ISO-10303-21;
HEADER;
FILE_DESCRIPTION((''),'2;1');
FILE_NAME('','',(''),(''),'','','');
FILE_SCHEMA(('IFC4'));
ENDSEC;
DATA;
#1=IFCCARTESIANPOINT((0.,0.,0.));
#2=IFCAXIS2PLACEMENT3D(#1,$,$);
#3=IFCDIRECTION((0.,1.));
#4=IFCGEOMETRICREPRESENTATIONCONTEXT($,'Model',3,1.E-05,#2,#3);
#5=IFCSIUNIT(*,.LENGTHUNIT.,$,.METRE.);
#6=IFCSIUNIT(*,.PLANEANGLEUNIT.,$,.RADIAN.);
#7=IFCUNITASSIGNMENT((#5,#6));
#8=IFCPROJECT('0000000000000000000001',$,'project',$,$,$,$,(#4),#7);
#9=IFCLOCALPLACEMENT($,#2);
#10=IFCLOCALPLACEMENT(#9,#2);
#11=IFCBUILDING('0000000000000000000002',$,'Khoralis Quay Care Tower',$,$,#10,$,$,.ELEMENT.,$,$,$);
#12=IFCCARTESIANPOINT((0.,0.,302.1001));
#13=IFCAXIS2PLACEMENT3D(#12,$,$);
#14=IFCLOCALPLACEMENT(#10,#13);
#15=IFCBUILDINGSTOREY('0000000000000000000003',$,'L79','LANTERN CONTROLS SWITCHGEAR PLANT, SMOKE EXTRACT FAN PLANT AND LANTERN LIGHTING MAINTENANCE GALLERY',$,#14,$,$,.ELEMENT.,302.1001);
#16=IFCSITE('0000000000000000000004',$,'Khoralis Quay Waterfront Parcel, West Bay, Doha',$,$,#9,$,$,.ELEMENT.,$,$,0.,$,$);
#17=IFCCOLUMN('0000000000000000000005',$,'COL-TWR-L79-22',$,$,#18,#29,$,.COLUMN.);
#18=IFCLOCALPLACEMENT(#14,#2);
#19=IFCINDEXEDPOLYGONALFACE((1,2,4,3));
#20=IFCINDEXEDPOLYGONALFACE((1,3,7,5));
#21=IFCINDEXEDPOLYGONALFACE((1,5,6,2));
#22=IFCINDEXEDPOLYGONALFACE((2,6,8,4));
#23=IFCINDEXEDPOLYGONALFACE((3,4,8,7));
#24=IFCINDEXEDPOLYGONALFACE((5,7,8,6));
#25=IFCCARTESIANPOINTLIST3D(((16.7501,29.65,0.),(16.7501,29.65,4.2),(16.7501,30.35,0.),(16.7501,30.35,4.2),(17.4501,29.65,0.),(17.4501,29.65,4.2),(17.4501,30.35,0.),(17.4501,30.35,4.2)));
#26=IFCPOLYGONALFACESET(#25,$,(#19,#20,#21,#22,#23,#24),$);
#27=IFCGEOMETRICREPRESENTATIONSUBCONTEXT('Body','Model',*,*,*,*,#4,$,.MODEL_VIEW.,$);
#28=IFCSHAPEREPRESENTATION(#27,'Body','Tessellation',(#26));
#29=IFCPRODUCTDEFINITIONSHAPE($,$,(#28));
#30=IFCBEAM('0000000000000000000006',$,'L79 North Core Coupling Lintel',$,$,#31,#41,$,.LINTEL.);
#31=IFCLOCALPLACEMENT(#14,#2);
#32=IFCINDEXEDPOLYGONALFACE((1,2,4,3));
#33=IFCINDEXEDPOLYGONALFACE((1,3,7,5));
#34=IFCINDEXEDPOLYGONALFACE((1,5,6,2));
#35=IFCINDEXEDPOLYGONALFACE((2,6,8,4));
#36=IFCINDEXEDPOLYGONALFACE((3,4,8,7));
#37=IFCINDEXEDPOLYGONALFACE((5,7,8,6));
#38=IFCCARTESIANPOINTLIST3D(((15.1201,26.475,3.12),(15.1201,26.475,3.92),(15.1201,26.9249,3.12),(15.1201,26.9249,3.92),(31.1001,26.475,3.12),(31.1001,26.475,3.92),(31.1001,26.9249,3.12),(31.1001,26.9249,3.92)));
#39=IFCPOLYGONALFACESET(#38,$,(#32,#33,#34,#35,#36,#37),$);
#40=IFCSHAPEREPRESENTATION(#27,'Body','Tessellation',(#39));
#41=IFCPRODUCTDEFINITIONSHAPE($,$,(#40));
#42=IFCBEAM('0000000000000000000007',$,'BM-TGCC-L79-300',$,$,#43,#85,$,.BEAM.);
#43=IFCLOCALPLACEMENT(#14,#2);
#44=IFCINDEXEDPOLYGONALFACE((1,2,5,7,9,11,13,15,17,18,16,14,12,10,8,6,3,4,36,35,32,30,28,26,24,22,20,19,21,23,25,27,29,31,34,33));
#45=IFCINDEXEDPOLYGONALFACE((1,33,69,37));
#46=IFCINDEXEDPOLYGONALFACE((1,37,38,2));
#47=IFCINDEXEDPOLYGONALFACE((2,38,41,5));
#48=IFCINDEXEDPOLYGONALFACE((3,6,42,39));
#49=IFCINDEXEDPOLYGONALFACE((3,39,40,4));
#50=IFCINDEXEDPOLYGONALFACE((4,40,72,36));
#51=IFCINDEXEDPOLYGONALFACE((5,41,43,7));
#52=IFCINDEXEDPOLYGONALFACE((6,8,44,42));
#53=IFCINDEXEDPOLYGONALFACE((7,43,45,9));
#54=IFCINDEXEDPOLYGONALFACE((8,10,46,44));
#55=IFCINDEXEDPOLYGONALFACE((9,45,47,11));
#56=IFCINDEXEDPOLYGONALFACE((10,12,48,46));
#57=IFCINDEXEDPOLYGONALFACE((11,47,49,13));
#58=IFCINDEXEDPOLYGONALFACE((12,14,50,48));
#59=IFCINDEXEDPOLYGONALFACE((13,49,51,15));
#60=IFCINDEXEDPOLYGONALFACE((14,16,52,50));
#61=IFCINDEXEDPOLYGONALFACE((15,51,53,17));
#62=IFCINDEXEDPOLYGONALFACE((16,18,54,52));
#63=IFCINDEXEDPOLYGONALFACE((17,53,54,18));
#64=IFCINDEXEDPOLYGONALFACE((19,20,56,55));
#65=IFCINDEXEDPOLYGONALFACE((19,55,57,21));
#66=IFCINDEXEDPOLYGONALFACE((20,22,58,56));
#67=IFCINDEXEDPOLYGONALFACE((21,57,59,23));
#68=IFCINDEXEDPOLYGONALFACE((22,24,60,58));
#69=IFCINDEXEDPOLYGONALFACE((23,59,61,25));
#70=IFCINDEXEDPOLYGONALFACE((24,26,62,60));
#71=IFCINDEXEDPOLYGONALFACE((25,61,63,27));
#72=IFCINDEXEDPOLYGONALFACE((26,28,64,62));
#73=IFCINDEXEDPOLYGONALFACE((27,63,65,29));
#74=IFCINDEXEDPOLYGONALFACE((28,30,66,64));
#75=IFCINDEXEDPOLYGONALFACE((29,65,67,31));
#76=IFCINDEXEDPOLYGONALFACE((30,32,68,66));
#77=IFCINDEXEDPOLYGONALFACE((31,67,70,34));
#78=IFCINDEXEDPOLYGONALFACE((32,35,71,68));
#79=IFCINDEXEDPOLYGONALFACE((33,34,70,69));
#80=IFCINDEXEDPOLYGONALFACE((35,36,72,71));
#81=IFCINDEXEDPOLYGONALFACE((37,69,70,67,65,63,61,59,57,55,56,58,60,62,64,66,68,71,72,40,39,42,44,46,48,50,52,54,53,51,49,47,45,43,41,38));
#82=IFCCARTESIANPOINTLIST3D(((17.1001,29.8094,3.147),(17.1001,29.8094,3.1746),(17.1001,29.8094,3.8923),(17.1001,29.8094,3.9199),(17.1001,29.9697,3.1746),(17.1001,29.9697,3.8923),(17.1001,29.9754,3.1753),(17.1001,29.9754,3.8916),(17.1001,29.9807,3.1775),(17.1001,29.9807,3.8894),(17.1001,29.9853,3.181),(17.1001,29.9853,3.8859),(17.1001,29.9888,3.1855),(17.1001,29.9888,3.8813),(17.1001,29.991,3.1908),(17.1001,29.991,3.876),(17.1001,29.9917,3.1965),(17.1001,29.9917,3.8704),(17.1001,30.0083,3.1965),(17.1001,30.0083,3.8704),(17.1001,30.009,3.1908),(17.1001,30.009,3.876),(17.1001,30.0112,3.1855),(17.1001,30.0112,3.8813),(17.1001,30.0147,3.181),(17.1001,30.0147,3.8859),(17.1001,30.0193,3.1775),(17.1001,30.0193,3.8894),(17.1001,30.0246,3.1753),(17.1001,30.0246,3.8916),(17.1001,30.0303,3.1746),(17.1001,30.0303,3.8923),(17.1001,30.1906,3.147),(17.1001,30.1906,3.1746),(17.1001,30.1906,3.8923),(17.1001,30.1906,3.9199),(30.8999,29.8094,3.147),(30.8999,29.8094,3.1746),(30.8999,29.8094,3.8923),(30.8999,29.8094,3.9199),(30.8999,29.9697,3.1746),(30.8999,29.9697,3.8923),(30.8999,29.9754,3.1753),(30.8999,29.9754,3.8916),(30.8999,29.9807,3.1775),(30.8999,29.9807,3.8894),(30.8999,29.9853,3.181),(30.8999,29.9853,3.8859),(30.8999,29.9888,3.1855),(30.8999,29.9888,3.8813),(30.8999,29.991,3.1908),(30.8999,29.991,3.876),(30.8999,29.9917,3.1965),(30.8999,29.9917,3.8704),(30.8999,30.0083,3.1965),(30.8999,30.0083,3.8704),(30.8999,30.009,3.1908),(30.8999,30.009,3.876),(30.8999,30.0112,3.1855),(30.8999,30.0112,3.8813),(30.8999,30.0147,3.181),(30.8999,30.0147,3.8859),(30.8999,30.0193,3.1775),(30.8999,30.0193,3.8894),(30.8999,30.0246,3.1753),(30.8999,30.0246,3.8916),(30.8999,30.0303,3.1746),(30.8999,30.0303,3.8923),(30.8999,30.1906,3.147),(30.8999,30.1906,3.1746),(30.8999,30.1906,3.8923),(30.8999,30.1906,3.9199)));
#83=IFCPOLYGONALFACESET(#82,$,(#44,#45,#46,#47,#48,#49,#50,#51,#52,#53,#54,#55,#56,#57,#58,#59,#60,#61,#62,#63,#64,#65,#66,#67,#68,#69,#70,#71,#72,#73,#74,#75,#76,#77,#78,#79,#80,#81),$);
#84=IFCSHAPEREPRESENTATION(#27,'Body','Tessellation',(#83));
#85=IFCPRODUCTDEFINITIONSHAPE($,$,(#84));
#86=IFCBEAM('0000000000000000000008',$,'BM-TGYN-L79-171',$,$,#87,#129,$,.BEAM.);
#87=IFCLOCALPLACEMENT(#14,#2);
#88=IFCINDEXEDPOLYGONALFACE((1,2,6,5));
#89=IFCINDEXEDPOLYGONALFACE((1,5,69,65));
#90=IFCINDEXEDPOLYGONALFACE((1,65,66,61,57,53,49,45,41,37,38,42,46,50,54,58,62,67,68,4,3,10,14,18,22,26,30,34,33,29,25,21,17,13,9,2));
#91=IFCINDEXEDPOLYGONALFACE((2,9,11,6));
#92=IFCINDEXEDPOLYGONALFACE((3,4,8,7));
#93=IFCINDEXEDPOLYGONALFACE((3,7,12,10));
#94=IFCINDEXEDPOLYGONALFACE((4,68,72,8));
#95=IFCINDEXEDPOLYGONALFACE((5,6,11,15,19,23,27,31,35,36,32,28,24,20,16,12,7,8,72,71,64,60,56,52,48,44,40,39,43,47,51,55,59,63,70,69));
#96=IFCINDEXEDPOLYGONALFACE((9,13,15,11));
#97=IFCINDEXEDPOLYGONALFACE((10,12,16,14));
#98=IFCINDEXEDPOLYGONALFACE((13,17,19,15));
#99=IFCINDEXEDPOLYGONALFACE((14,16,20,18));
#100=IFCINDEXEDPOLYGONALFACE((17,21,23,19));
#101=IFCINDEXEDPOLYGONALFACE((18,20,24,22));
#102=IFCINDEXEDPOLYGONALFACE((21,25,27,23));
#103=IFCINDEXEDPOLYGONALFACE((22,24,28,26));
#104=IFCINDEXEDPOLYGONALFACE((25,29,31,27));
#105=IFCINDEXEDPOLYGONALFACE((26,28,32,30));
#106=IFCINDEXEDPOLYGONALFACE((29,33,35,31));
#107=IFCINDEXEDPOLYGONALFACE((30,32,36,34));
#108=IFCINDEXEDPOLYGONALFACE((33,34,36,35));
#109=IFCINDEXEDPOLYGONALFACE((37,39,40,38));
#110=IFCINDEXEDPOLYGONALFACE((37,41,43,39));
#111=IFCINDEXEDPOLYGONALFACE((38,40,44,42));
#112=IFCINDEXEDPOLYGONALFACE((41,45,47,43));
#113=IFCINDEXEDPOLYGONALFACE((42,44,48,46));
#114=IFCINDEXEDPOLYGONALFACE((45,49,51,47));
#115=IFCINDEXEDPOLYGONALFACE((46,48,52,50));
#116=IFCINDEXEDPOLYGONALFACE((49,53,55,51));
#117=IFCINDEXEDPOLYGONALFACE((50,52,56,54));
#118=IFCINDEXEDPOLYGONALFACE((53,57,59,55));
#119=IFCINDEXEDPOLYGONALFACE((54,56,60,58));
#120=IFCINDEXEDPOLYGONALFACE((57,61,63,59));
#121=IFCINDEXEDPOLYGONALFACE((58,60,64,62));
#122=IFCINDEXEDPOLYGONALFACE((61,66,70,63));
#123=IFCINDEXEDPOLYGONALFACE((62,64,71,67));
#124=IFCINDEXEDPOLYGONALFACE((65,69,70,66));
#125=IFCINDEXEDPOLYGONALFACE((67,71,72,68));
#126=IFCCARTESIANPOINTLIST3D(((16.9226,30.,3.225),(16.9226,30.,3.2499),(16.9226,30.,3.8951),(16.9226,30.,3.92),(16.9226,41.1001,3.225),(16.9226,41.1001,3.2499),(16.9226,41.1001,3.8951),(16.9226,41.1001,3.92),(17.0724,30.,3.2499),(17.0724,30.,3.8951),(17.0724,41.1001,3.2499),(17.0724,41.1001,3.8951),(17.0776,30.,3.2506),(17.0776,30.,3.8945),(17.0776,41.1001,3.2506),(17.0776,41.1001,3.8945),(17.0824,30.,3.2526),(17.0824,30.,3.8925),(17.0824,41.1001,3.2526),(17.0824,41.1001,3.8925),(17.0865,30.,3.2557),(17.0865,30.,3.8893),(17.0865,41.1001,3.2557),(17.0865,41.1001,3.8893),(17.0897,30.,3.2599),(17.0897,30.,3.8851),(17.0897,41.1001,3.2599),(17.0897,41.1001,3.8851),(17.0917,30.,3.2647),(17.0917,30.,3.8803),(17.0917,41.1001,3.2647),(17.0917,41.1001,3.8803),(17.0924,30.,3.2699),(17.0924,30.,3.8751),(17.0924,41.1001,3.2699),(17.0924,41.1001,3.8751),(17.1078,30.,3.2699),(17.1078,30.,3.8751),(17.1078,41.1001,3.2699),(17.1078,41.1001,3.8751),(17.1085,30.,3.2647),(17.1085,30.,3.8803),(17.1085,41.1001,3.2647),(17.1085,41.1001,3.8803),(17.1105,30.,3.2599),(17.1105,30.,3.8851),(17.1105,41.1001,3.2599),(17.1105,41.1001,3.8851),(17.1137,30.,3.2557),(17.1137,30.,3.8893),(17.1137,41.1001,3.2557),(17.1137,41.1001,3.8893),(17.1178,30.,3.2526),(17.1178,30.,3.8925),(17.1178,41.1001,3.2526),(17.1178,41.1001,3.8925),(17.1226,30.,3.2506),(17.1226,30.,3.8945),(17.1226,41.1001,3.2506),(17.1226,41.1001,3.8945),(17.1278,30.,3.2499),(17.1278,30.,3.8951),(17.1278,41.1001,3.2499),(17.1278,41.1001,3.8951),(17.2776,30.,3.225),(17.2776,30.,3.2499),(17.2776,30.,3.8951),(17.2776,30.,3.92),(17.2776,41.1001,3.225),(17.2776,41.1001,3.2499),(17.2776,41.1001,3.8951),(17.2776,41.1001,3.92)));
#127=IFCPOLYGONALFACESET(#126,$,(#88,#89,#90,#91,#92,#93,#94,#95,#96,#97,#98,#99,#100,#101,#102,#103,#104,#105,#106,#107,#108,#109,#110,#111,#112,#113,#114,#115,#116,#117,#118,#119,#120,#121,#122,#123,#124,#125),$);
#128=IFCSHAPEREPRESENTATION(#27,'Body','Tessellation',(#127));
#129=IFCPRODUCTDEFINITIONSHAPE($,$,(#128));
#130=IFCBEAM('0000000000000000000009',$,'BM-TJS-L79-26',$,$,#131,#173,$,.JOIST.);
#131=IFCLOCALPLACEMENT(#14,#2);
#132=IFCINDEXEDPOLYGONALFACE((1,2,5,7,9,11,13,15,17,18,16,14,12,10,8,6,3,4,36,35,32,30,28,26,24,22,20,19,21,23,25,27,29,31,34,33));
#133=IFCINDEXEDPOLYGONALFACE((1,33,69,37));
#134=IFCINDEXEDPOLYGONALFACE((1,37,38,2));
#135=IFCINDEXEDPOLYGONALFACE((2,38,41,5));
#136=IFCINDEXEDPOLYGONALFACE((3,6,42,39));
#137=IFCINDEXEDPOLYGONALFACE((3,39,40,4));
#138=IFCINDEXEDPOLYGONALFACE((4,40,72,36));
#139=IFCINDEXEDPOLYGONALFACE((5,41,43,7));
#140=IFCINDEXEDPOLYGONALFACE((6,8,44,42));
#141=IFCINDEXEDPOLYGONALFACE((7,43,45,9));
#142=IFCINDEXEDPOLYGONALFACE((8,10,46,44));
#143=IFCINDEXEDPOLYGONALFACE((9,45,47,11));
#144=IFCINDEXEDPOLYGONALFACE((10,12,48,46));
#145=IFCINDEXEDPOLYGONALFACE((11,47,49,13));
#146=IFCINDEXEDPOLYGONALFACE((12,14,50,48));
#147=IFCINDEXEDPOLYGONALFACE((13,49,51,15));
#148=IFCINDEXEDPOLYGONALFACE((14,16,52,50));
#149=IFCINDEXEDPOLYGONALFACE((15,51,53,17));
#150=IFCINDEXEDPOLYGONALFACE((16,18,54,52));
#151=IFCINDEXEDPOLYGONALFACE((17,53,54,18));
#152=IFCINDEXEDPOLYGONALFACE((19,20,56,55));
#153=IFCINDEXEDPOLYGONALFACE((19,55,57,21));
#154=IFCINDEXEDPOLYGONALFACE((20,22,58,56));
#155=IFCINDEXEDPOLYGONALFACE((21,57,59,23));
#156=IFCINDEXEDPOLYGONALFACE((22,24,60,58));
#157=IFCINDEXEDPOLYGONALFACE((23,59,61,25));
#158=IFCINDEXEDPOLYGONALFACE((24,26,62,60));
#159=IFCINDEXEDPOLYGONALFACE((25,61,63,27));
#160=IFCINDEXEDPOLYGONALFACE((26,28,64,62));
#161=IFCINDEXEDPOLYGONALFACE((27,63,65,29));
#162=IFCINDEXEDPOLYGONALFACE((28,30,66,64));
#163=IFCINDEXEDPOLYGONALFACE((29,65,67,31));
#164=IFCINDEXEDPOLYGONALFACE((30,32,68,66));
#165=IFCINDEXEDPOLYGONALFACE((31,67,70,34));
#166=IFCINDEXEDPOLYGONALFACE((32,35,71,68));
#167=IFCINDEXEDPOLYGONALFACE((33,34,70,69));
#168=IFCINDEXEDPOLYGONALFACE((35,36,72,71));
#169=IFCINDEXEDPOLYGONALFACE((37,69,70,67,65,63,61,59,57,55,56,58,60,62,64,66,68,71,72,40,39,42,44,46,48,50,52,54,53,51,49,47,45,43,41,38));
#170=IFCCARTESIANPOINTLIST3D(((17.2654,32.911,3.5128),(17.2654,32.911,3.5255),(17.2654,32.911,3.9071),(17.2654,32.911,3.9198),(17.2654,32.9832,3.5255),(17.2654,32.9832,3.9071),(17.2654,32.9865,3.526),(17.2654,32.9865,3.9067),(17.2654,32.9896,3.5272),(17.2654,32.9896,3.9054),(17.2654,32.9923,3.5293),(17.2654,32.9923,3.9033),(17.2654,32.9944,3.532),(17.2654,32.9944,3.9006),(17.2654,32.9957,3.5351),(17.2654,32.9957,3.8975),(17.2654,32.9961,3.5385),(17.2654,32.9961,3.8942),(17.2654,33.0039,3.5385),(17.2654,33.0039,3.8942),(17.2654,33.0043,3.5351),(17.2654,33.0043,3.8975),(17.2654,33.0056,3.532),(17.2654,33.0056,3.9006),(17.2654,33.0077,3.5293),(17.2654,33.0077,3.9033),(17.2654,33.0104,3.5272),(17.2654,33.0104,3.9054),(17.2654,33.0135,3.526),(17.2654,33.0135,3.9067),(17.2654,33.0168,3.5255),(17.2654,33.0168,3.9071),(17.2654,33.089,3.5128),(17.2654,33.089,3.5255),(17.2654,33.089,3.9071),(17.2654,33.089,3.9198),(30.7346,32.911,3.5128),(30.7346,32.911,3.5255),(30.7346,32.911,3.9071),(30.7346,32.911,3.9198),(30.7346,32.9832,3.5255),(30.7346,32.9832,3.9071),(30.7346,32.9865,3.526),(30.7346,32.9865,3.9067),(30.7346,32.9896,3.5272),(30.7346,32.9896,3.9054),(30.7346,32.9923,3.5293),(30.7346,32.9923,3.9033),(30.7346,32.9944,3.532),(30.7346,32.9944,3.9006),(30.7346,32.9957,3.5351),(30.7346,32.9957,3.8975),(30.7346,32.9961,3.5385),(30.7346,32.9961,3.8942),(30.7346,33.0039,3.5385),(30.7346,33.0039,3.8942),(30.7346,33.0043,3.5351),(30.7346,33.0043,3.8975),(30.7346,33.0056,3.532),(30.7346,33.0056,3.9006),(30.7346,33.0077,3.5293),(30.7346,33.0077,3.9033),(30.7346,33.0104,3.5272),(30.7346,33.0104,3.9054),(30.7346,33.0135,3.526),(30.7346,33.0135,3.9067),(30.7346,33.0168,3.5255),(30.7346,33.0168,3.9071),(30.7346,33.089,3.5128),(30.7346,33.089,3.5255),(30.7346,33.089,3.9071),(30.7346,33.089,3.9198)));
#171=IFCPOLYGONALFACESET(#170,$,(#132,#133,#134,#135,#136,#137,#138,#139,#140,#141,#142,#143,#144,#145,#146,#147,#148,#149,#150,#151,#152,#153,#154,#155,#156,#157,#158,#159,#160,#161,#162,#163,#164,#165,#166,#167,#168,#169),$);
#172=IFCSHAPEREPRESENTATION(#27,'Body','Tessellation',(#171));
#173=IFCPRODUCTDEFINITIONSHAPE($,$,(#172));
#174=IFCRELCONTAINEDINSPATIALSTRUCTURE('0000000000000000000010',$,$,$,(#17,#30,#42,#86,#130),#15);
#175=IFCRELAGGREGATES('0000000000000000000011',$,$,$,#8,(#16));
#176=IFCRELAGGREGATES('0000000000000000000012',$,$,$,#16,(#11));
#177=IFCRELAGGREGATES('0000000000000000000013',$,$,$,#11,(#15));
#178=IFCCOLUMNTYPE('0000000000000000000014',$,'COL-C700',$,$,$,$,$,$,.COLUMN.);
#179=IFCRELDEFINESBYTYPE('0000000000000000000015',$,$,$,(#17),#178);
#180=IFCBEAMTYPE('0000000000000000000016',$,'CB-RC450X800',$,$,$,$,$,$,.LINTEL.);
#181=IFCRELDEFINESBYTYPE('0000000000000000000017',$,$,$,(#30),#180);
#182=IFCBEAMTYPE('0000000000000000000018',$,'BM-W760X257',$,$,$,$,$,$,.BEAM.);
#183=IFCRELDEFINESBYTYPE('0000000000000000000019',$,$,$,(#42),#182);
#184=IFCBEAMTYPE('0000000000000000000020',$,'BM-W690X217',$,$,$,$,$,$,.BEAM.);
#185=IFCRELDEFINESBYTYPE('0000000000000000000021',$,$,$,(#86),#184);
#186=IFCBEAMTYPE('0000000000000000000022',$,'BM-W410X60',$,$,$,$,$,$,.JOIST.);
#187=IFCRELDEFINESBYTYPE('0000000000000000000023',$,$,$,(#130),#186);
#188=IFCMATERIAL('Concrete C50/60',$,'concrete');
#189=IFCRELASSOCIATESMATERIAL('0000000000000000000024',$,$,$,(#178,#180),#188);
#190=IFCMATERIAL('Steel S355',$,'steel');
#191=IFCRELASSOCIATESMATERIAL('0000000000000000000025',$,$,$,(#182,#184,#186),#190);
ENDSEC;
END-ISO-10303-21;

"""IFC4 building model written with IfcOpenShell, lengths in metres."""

from ifc_helpers import new_model, si_unit, direction, frame, origin, origin_2d, place, context, subcontext, project, spatial, rectangle, i_section, extrude, source, transform, mapped, material, material_profile, profile_set, type_object, element, save


model = new_model("IFC4")

# Units and contexts
model_context = context("Model", 3, precision=1e-05, world=origin(), true_north=direction((0.0, 1.0)))
body_context = subcontext(model_context, "Body", "Model", "MODEL_VIEW")
ifc_project = project(units=[si_unit("LENGTHUNIT", "METRE"), si_unit("PLANEANGLEUNIT", "RADIAN")], contexts=[model_context])

# Site, building, storey
site_placement = place(None, origin())
site = spatial("IfcSite", under=ifc_project, at=site_placement, Name="Khoralis Quay Waterfront Parcel, West Bay, Doha", CompositionType="ELEMENT", RefElevation=0.0)
building_placement = place(site_placement, origin())
building = spatial("IfcBuilding", under=site, at=building_placement, Name="Khoralis Quay Care Tower", CompositionType="ELEMENT")
storey_placement = place(building_placement, frame((0.0, 0.0, 302.1001)))
storey = spatial("IfcBuildingStorey", under=building, at=storey_placement, Name="L79", Description="LANTERN CONTROLS SWITCHGEAR PLANT, SMOKE EXTRACT FAN PLANT AND LANTERN LIGHTING MAINTENANCE GALLERY", CompositionType="ELEMENT", Elevation=302.1001)

# Column
ifc_material_1 = material(Name="Concrete C50/60", Category="concrete")
ifc_material_profile_1 = material_profile(ifc_material_1, rectangle(XDim=0.7, YDim=0.7, at=origin_2d()), Name="Concrete C50/60")
ifc_profile_set_1 = profile_set([ifc_material_profile_1], Name="Concrete C50/60")
column_type = type_object("IfcColumnType", Name="COL-C700", PredefinedType="COLUMN", material=ifc_profile_set_1)
shared_shape_1 = source(origin(), body_context, "Body", "SweptSolid", [
    extrude(rectangle(XDim=0.7, YDim=0.7, at=origin_2d()), origin(), (0.0, 0.0, 1.0), 4.2),
])
column_placement = place(storey_placement, frame((17.1001, 30.0, 0.0), z_axis=(0.0, 0.0, 1.0), x_axis=(1.0, 0.0, 0.0)))
element("IfcColumn", 1, at=column_placement, inside=storey, type_object=column_type, Name="COL-TWR-L79-22", PredefinedType="COLUMN", context=body_context, shape_type="MappedRepresentation", body=[
    mapped(shared_shape_1, transform((0.0, 0.0, 0.0), scale=1.0)),
])

# Beams
ifc_material_profile_2 = material_profile(ifc_material_1, rectangle(XDim=0.45, YDim=0.8, at=origin_2d()), Name="Concrete C50/60")
ifc_profile_set_2 = profile_set([ifc_material_profile_2], Name="Concrete C50/60")
beam_type_1 = type_object("IfcBeamType", Name="CB-RC450X800", PredefinedType="LINTEL", material=ifc_profile_set_2)
shared_shape_2 = source(origin(), body_context, "Body", "SweptSolid", [
    extrude(rectangle(XDim=0.45, YDim=0.8, at=origin_2d()), origin(), (0.0, 0.0, 1.0), 15.98),
])
beam_1_placement = place(storey_placement, frame((15.1201, 26.7, 3.52), z_axis=(1.0, 0.0, 0.0), x_axis=(0.0, 1.0, 0.0)))
element("IfcBeam", 2, at=beam_1_placement, inside=storey, type_object=beam_type_1, Name="L79 North Core Coupling Lintel", PredefinedType="LINTEL", context=body_context, shape_type="MappedRepresentation", body=[
    mapped(shared_shape_2, transform((0.0, 0.0, 0.0), scale=1.0)),
])
ifc_material_2 = material(Name="Steel S355", Category="steel")
ifc_material_profile_3 = material_profile(ifc_material_2, i_section(OverallWidth=0.3811, OverallDepth=0.7729, WebThickness=0.0166, FlangeThickness=0.0276, FilletRadius=0.022, at=origin_2d()), Name="Steel S355")
ifc_profile_set_3 = profile_set([ifc_material_profile_3], Name="Steel S355")
beam_type_2 = type_object("IfcBeamType", Name="BM-W760X257", PredefinedType="BEAM", material=ifc_profile_set_3)
shared_shape_3 = source(origin(), body_context, "Body", "SweptSolid", [
    extrude(i_section(OverallWidth=0.3811, OverallDepth=0.7729, WebThickness=0.0166, FlangeThickness=0.0276, FilletRadius=0.022, at=origin_2d()), origin(), (0.0, 0.0, 1.0), 13.7998),
])
beam_2_placement = place(storey_placement, frame((17.1001, 30.0, 3.5334), z_axis=(1.0, 0.0, 0.0), x_axis=(0.0, 1.0, 0.0)))
element("IfcBeam", 3, at=beam_2_placement, inside=storey, type_object=beam_type_2, Name="BM-TGCC-L79-300", PredefinedType="BEAM", context=body_context, shape_type="MappedRepresentation", body=[
    mapped(shared_shape_3, transform((0.0, 0.0, 0.0), scale=1.0)),
])
ifc_material_profile_4 = material_profile(ifc_material_2, i_section(OverallWidth=0.355, OverallDepth=0.6951, WebThickness=0.0154, FlangeThickness=0.0249, FilletRadius=0.02, at=origin_2d()), Name="Steel S355")
ifc_profile_set_4 = profile_set([ifc_material_profile_4], Name="Steel S355")
beam_type_3 = type_object("IfcBeamType", Name="BM-W690X217", PredefinedType="BEAM", material=ifc_profile_set_4)
shared_shape_4 = source(origin(), body_context, "Body", "SweptSolid", [
    extrude(i_section(OverallWidth=0.355, OverallDepth=0.6951, WebThickness=0.0154, FlangeThickness=0.0249, FilletRadius=0.02, at=origin_2d()), origin(), (0.0, 0.0, 1.0), 11.1001),
])
beam_3_placement = place(storey_placement, frame((17.1001, 30.0, 3.5725), z_axis=(0.0, 1.0, 0.0), x_axis=(-1.0, 0.0, 0.0)))
element("IfcBeam", 4, at=beam_3_placement, inside=storey, type_object=beam_type_3, Name="BM-TGYN-L79-171", PredefinedType="BEAM", context=body_context, shape_type="MappedRepresentation", body=[
    mapped(shared_shape_4, transform((0.0, 0.0, 0.0), scale=1.0)),
])
ifc_material_profile_5 = material_profile(ifc_material_2, i_section(OverallWidth=0.178, OverallDepth=0.407, WebThickness=0.0078, FlangeThickness=0.0127, FilletRadius=0.0129, at=origin_2d()), Name="Steel S355")
ifc_profile_set_5 = profile_set([ifc_material_profile_5], Name="Steel S355")
beam_type_4 = type_object("IfcBeamType", Name="BM-W410X60", PredefinedType="JOIST", material=ifc_profile_set_5)
shared_shape_5 = source(origin(), body_context, "Body", "SweptSolid", [
    extrude(i_section(OverallWidth=0.178, OverallDepth=0.407, WebThickness=0.0078, FlangeThickness=0.0127, FilletRadius=0.0129, at=origin_2d()), origin(), (0.0, 0.0, 1.0), 13.4692),
])
beam_4_placement = place(storey_placement, frame((17.2654, 33.0, 3.7163), z_axis=(1.0, 0.0, 0.0), x_axis=(0.0, 1.0, 0.0)))
element("IfcBeam", 5, at=beam_4_placement, inside=storey, type_object=beam_type_4, Name="BM-TJS-L79-26", PredefinedType="JOIST", context=body_context, shape_type="MappedRepresentation", body=[
    mapped(shared_shape_5, transform((0.0, 0.0, 0.0), scale=1.0)),
])

save(model, "model.ifc")
